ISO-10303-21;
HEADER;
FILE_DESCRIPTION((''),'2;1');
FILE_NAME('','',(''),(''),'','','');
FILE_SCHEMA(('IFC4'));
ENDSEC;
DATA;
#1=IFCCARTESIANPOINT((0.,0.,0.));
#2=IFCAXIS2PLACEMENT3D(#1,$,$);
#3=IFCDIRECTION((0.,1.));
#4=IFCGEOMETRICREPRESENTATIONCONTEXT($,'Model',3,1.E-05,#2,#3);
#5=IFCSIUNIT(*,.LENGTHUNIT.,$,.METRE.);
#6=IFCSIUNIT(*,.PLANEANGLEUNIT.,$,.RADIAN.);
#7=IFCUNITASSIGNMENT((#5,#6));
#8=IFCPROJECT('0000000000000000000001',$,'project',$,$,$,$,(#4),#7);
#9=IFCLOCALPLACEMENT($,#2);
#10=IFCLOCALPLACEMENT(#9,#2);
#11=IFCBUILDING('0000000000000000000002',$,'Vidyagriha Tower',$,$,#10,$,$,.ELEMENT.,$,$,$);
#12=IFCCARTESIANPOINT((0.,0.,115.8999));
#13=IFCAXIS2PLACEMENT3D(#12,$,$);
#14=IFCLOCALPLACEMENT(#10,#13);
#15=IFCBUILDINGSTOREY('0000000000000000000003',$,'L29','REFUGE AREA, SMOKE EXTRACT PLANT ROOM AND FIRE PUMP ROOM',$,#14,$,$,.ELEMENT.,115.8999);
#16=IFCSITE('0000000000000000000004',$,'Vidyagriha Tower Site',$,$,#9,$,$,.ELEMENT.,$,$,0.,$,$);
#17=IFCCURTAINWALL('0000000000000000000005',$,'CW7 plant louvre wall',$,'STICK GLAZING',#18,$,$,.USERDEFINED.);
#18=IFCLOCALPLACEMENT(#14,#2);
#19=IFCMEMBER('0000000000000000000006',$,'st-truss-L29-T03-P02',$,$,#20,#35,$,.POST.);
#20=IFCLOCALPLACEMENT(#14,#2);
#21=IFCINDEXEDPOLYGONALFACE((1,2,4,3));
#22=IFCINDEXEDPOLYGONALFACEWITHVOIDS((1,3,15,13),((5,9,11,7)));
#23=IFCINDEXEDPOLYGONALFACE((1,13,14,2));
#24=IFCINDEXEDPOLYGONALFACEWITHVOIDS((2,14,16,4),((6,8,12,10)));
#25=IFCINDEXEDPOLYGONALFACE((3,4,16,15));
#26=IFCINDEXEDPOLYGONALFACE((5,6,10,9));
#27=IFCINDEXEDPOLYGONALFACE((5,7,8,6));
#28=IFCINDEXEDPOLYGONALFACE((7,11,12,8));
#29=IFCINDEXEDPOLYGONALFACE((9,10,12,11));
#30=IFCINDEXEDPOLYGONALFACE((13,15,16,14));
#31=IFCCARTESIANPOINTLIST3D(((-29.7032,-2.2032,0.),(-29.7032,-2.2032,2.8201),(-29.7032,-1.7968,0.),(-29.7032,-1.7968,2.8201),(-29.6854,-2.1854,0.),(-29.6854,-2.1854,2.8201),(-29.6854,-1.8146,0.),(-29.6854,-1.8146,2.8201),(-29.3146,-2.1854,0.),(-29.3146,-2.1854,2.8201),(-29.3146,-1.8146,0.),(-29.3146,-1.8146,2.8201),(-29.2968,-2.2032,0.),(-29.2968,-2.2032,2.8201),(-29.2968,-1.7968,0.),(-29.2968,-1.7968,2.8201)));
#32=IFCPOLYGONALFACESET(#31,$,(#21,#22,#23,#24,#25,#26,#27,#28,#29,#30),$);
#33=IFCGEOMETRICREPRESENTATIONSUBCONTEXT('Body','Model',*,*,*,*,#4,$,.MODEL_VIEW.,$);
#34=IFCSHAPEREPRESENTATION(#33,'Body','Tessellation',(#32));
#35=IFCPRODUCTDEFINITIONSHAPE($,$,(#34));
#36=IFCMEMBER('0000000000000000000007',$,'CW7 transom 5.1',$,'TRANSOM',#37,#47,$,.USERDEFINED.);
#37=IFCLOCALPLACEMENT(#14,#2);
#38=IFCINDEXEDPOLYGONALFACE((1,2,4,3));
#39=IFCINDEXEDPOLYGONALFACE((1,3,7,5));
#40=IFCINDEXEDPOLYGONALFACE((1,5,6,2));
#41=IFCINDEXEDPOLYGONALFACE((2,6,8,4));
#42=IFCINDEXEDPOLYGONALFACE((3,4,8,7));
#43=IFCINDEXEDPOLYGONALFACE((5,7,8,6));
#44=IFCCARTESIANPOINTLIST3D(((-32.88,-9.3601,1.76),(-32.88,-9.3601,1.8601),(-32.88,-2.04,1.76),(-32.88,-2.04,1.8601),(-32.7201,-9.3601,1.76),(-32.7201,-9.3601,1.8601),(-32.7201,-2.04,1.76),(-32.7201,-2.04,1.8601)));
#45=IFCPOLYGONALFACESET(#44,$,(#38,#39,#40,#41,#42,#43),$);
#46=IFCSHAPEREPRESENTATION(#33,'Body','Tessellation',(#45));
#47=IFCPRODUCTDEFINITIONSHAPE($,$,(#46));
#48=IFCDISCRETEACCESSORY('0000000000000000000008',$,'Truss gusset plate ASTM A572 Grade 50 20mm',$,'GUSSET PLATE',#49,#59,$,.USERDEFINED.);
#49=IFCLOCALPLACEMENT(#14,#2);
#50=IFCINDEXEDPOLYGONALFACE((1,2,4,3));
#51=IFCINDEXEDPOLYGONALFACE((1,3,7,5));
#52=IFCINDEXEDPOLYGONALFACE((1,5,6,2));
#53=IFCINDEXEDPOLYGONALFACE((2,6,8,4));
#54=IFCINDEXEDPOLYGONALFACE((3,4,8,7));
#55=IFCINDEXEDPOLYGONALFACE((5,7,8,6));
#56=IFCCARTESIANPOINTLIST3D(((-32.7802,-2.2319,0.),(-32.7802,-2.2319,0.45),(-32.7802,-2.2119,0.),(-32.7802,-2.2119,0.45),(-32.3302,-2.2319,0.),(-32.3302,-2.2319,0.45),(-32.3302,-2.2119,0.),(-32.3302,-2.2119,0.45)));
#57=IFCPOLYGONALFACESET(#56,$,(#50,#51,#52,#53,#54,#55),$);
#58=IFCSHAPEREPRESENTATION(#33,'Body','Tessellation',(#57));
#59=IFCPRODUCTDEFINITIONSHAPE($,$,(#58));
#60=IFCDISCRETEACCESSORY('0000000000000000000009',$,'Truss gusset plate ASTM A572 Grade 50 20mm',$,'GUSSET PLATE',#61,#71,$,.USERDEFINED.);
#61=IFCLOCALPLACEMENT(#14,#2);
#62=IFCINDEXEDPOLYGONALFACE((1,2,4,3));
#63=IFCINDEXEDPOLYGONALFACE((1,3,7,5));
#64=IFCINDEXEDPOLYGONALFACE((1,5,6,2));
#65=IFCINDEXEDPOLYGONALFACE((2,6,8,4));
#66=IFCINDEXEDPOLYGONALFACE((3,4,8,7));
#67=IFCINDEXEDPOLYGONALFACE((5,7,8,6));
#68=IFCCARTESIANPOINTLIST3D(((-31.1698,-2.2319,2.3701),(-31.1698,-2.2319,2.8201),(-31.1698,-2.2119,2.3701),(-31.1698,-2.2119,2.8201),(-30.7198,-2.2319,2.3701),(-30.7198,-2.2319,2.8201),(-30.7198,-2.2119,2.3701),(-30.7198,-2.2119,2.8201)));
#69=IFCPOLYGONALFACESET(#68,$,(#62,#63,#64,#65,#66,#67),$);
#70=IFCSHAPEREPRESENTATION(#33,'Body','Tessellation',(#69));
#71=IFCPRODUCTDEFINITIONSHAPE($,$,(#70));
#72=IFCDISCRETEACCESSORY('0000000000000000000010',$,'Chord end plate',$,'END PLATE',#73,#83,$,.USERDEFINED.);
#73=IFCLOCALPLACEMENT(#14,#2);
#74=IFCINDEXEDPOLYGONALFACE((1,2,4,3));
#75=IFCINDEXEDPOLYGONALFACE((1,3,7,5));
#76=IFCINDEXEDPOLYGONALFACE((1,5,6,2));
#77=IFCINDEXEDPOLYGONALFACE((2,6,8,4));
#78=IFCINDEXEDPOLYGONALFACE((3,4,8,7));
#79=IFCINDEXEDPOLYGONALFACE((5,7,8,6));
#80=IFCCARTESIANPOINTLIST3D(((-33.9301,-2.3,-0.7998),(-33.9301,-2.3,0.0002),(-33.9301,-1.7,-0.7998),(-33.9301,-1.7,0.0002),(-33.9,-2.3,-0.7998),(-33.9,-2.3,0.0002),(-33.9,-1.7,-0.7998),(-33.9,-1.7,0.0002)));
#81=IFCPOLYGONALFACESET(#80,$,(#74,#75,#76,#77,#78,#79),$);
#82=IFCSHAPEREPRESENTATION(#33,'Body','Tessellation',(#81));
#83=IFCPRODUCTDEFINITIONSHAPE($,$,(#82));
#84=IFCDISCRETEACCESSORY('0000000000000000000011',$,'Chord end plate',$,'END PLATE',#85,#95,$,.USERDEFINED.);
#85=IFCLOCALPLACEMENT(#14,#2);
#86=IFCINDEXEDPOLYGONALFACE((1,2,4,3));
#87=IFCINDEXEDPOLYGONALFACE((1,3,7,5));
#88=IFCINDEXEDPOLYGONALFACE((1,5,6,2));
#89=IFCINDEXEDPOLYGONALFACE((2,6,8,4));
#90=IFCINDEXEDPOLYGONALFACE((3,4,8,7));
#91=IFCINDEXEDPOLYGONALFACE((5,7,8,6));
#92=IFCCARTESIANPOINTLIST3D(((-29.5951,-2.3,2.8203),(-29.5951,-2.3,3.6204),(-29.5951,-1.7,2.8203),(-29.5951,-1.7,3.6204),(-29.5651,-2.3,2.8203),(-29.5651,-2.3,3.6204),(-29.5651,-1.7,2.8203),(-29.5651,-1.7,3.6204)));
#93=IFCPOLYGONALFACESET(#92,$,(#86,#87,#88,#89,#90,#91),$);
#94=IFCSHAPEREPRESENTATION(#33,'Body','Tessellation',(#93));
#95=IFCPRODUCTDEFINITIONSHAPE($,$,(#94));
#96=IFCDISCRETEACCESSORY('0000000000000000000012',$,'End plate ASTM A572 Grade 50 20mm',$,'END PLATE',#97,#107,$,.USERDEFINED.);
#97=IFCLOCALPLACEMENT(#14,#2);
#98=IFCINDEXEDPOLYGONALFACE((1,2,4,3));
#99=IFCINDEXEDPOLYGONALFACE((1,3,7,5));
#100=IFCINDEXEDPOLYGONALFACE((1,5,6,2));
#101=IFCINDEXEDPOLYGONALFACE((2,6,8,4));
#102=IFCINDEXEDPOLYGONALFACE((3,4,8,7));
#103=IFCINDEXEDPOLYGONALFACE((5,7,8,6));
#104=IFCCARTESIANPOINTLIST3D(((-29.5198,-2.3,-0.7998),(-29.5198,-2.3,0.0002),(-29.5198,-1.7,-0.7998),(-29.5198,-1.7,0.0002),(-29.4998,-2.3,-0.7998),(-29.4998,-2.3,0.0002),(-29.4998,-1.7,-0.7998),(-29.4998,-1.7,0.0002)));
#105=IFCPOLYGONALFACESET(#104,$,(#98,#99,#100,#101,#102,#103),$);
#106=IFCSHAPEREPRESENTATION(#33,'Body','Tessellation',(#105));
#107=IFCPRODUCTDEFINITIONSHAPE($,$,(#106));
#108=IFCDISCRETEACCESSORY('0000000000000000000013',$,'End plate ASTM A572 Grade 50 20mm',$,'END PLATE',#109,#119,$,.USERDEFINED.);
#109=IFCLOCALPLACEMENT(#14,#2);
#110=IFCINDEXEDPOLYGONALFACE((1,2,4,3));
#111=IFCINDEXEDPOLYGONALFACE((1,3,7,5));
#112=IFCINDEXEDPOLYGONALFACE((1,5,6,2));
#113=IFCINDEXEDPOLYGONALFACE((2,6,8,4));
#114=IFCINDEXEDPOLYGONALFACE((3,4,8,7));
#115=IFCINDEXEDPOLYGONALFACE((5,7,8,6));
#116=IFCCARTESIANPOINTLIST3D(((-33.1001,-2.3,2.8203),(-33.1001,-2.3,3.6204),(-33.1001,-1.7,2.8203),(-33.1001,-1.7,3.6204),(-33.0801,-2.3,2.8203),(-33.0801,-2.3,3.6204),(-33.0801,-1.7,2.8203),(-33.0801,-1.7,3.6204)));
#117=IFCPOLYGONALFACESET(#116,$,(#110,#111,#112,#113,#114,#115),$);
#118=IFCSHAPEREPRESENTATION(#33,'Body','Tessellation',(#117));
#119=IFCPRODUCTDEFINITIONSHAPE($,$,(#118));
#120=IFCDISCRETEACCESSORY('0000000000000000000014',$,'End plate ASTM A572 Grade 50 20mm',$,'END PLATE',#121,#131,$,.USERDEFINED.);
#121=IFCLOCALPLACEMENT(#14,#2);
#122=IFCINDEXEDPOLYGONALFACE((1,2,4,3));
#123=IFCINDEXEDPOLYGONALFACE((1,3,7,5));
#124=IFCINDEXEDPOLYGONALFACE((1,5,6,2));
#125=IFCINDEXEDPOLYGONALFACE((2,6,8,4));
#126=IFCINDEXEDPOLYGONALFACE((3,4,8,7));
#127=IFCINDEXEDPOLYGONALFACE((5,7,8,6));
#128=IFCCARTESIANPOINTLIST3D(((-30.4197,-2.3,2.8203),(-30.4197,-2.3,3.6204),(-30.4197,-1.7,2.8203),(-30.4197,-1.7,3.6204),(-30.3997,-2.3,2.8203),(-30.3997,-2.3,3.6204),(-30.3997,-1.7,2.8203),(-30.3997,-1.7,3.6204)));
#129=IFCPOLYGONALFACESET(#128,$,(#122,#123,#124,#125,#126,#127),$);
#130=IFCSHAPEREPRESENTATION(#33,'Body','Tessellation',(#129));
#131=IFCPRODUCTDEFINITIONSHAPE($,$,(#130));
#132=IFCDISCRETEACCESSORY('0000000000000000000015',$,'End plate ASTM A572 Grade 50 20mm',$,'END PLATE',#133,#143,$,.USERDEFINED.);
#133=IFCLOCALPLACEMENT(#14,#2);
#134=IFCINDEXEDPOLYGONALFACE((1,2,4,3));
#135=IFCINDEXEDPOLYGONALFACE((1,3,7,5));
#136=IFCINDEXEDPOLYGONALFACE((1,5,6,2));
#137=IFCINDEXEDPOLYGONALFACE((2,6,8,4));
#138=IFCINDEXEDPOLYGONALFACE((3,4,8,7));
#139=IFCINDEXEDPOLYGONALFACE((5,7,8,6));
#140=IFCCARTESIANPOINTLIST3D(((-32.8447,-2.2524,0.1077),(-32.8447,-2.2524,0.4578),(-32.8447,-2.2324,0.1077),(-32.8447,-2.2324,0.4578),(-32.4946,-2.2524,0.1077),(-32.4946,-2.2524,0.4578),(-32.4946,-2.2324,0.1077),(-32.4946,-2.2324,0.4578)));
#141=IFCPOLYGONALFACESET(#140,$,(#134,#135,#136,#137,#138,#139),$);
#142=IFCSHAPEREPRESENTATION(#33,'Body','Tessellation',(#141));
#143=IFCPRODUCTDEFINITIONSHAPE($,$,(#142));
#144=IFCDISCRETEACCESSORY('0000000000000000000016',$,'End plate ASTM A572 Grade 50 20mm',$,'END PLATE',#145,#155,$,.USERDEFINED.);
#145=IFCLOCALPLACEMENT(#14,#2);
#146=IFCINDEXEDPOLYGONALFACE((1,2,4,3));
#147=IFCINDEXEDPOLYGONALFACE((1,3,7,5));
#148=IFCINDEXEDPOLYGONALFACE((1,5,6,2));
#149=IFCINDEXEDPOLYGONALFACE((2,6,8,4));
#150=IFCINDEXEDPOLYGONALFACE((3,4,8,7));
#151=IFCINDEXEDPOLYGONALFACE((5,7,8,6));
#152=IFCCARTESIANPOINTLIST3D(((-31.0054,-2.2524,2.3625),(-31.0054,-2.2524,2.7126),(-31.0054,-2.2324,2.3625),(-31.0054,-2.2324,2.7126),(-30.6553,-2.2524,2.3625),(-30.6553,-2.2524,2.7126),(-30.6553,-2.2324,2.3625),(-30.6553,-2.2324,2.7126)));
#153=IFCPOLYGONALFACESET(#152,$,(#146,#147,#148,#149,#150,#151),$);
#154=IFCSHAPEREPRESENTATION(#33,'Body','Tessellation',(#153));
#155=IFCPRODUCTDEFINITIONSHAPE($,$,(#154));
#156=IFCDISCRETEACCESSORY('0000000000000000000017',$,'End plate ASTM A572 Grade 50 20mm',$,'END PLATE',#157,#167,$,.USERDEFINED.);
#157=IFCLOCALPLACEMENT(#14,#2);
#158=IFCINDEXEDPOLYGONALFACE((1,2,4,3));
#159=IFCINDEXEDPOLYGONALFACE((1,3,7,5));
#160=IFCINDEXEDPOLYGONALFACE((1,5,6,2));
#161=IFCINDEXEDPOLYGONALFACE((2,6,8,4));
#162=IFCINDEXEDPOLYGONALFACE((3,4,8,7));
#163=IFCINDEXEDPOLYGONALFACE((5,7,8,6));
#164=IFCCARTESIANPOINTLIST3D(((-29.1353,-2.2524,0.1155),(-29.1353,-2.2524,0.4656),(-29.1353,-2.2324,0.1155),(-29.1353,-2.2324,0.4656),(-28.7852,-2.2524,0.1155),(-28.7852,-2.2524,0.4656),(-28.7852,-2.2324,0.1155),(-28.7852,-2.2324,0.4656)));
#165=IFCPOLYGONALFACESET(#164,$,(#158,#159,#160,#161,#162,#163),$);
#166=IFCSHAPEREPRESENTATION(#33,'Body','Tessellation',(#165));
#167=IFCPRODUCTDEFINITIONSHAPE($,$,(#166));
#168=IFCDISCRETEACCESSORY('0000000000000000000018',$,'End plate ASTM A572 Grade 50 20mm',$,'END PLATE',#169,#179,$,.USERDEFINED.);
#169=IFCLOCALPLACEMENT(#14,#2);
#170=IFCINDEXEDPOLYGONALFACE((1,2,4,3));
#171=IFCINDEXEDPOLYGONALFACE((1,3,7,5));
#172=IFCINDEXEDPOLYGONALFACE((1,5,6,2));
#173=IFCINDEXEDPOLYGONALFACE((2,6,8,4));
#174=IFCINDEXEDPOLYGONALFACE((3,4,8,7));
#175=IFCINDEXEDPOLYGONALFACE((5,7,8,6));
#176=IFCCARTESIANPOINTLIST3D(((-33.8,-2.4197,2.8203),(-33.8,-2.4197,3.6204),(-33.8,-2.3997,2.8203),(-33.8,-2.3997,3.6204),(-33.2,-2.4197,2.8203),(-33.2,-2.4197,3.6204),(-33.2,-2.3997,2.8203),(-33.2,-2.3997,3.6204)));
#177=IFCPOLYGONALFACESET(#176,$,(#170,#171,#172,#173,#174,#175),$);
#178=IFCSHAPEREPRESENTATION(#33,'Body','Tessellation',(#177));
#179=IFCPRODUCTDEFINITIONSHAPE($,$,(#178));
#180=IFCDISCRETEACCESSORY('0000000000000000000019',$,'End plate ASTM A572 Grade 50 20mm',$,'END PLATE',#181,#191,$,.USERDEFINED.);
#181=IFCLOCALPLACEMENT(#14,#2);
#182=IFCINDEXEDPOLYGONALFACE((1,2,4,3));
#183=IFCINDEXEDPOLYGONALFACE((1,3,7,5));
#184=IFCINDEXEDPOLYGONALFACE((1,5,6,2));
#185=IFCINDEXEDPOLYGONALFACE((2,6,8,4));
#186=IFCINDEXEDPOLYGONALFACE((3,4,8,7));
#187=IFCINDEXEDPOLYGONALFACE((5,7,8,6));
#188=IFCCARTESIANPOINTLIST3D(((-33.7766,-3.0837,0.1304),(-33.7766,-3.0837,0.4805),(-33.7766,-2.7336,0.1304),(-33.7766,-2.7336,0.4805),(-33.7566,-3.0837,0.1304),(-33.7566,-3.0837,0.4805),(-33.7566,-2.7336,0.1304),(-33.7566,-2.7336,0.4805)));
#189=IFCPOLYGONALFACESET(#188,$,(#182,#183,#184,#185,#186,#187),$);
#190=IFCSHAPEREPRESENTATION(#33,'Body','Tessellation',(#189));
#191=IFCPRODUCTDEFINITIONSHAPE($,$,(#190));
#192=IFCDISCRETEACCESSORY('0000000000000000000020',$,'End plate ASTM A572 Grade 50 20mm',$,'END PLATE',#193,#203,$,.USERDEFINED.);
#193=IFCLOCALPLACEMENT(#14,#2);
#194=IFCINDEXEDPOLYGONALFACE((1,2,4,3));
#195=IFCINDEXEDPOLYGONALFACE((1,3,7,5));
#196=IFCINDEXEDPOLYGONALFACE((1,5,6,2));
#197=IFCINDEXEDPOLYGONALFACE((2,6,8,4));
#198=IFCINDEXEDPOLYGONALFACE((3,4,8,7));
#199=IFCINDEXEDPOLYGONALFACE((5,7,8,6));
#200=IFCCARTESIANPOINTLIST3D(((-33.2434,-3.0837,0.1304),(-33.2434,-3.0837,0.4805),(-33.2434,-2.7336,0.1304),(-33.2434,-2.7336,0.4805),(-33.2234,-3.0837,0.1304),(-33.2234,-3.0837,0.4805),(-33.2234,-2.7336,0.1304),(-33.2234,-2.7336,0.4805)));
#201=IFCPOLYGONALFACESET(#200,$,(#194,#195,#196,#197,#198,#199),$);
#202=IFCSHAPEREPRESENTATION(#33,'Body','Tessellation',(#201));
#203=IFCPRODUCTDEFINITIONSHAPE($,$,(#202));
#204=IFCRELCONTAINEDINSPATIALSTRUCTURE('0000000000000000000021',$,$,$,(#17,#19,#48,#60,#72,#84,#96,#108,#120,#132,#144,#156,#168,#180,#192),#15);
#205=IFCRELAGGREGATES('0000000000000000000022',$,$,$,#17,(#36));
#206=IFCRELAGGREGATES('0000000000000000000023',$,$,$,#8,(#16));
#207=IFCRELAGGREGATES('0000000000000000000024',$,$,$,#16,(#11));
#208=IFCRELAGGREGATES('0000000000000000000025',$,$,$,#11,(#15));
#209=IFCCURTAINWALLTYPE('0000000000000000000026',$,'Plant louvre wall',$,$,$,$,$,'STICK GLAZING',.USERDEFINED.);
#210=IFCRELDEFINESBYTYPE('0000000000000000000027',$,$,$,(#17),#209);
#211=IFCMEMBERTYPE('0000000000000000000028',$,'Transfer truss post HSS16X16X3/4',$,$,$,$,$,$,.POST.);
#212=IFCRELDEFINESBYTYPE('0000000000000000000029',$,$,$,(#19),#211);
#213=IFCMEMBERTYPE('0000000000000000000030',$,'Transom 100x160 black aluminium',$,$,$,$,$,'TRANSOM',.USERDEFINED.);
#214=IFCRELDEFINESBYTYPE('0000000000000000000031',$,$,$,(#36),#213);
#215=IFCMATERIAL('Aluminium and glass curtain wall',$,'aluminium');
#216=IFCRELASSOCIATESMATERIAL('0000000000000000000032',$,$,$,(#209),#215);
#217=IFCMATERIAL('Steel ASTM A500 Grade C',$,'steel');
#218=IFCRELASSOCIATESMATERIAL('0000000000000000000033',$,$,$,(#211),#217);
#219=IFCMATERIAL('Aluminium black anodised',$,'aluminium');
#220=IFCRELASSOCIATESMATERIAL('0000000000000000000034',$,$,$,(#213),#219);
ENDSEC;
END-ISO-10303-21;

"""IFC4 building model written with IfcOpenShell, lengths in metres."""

from ifc_helpers import new_model, si_unit, direction, frame, origin, origin_2d, place, context, subcontext, project, spatial, rectangle, hollow_rectangle, extrude, material, material_profile, profile_set, type_object, element, aggregate, save


model = new_model("IFC4")

# Units and contexts
model_context = context("Model", 3, precision=1e-05, world=origin(), true_north=direction((0.0, 1.0)))
body_context = subcontext(model_context, "Body", "Model", "MODEL_VIEW")
ifc_project = project(units=[si_unit("LENGTHUNIT", "METRE"), si_unit("PLANEANGLEUNIT", "RADIAN")], contexts=[model_context])

# Site, building, storey
site_placement = place(None, origin())
site = spatial("IfcSite", under=ifc_project, at=site_placement, Name="Vidyagriha Tower Site", CompositionType="ELEMENT", RefElevation=0.0)
building_placement = place(site_placement, origin())
building = spatial("IfcBuilding", under=site, at=building_placement, Name="Vidyagriha Tower", CompositionType="ELEMENT")
storey_placement = place(building_placement, frame((0.0, 0.0, 115.8999)))
storey = spatial("IfcBuildingStorey", under=building, at=storey_placement, Name="L29", Description="REFUGE AREA, SMOKE EXTRACT PLANT ROOM AND FIRE PUMP ROOM", CompositionType="ELEMENT", Elevation=115.8999)

# Curtain wall
ifc_material_1 = material(Name="Aluminium and glass curtain wall", Category="aluminium")
curtain_wall_type = type_object("IfcCurtainWallType", Name="Plant louvre wall", ElementType="STICK GLAZING", PredefinedType="USERDEFINED", material=ifc_material_1)
curtain_wall_placement = place(storey_placement, origin())
curtain_wall = element("IfcCurtainWall", 1, at=curtain_wall_placement, inside=storey, type_object=curtain_wall_type, Name="CW7 plant louvre wall", ObjectType="STICK GLAZING", PredefinedType="USERDEFINED")

# Member
ifc_material_2 = material(Name="Steel ASTM A500 Grade C", Category="steel")
ifc_material_profile_1 = material_profile(ifc_material_2, hollow_rectangle(XDim=0.4065, YDim=0.4065, WallThickness=0.0178, at=origin_2d()), Name="HSS16X16X3/4")
ifc_profile_set_1 = profile_set([ifc_material_profile_1], Name="Steel ASTM A500 Grade C")
member_type_1 = type_object("IfcMemberType", Name="Transfer truss post HSS16X16X3/4", PredefinedType="POST", material=ifc_profile_set_1)
member_1_placement = place(storey_placement, frame((-29.5, -2.0, 0.0)))
element("IfcMember", 2, at=member_1_placement, inside=storey, type_object=member_type_1, Name="st-truss-L29-T03-P02", PredefinedType="POST", context=body_context, shape_type="SweptSolid", body=[
    extrude(hollow_rectangle(XDim=0.4065, YDim=0.4065, WallThickness=0.0178, at=origin_2d()), origin(), (0.0, 0.0, 1.0), 2.8201),
])

# Member
ifc_material_3 = material(Name="Aluminium black anodised", Category="aluminium")
ifc_material_profile_2 = material_profile(ifc_material_3, rectangle(XDim=0.1599, YDim=0.1001, at=origin_2d()), Name="Transom 100x160 black aluminium")
ifc_profile_set_2 = profile_set([ifc_material_profile_2], Name="Aluminium black anodised")
member_type_2 = type_object("IfcMemberType", Name="Transom 100x160 black aluminium", ElementType="TRANSOM", PredefinedType="USERDEFINED", material=ifc_profile_set_2)
member_2_placement = place(storey_placement, frame((-32.8, -2.04, 1.8101), z_axis=(0.0, -1.0, 0.0), x_axis=(1.0, 0.0, 0.0)))
member_2 = element("IfcMember", 3, at=member_2_placement, type_object=member_type_2, Name="CW7 transom 5.1", ObjectType="TRANSOM", PredefinedType="USERDEFINED", context=body_context, shape_type="SweptSolid", body=[
    extrude(rectangle(XDim=0.1599, YDim=0.1001, at=origin_2d()), origin(), (0.0, 0.0, 1.0), 7.3201),
])
aggregate(curtain_wall, [member_2])

# Discrete accessories
for number, where, name in (
    (4, (-32.5552, -2.2219, 0.0), "Truss gusset plate ASTM A572 Grade 50 20mm"),
    (5, (-30.9448, -2.2219, 2.3701), "Truss gusset plate ASTM A572 Grade 50 20mm"),
):
    element("IfcDiscreteAccessory", number, at=place(storey_placement, frame(where)), inside=storey, Name=name, ObjectType="GUSSET PLATE", PredefinedType="USERDEFINED", context=body_context, shape_type="SweptSolid", body=[
        extrude(rectangle(XDim=0.45, YDim=0.02, at=origin_2d()), origin(), (0.0, 0.0, 1.0), 0.45),
    ])
for number, where, z_axis, x_axis, name in (
    (6, (-33.915, -2.0, -0.7998), (0.0, 0.0, 1.0), (-1.0, 0.0, 0.0), "Chord end plate"),
    (7, (-29.5801, -2.0, 2.8203), (0.0, 0.0, 1.0), (-1.0, 0.0, 0.0), "Chord end plate"),
):
    element("IfcDiscreteAccessory", number, at=place(storey_placement, frame(where, z_axis=z_axis, x_axis=x_axis)), inside=storey, Name=name, ObjectType="END PLATE", PredefinedType="USERDEFINED", context=body_context, shape_type="SweptSolid", body=[
        extrude(rectangle(XDim=0.03, YDim=0.6001, at=origin_2d()), origin(), (0.0, 0.0, 1.0), 0.8),
    ])
discrete_accessory_1_placement = place(storey_placement, frame((-29.5098, -2.0, -0.7998)))
element("IfcDiscreteAccessory", 8, at=discrete_accessory_1_placement, inside=storey, Name="End plate ASTM A572 Grade 50 20mm", ObjectType="END PLATE", PredefinedType="USERDEFINED", context=body_context, shape_type="SweptSolid", body=[
    extrude(rectangle(XDim=0.02, YDim=0.6001, at=origin_2d()), origin(), (0.0, 0.0, 1.0), 0.8),
])
discrete_accessory_2_placement = place(storey_placement, frame((-33.0901, -2.0, 2.8203), z_axis=(0.0, 0.0, 1.0), x_axis=(-1.0, 0.0, 0.0)))
element("IfcDiscreteAccessory", 9, at=discrete_accessory_2_placement, inside=storey, Name="End plate ASTM A572 Grade 50 20mm", ObjectType="END PLATE", PredefinedType="USERDEFINED", context=body_context, shape_type="SweptSolid", body=[
    extrude(rectangle(XDim=0.02, YDim=0.6001, at=origin_2d()), origin(), (0.0, 0.0, 1.0), 0.8),
])
discrete_accessory_3_placement = place(storey_placement, frame((-30.4097, -2.0, 2.8203)))
element("IfcDiscreteAccessory", 10, at=discrete_accessory_3_placement, inside=storey, Name="End plate ASTM A572 Grade 50 20mm", ObjectType="END PLATE", PredefinedType="USERDEFINED", context=body_context, shape_type="SweptSolid", body=[
    extrude(rectangle(XDim=0.02, YDim=0.6001, at=origin_2d()), origin(), (0.0, 0.0, 1.0), 0.8),
])
discrete_accessory_4_placement = place(storey_placement, frame((-32.6697, -2.2424, 0.1077), z_axis=(0.0, 0.0, 1.0), x_axis=(-1.0, 0.0, 0.0)))
element("IfcDiscreteAccessory", 11, at=discrete_accessory_4_placement, inside=storey, Name="End plate ASTM A572 Grade 50 20mm", ObjectType="END PLATE", PredefinedType="USERDEFINED", context=body_context, shape_type="SweptSolid", body=[
    extrude(rectangle(XDim=0.3501, YDim=0.02, at=origin_2d()), origin(), (0.0, 0.0, 1.0), 0.3501),
])
discrete_accessory_5_placement = place(storey_placement, frame((-30.8303, -2.2424, 2.3625)))
element("IfcDiscreteAccessory", 12, at=discrete_accessory_5_placement, inside=storey, Name="End plate ASTM A572 Grade 50 20mm", ObjectType="END PLATE", PredefinedType="USERDEFINED", context=body_context, shape_type="SweptSolid", body=[
    extrude(rectangle(XDim=0.3501, YDim=0.02, at=origin_2d()), origin(), (0.0, 0.0, 1.0), 0.3501),
])
discrete_accessory_6_placement = place(storey_placement, frame((-28.9602, -2.2424, 0.1155), z_axis=(0.0, 0.0, 1.0), x_axis=(-1.0, 0.0, 0.0)))
element("IfcDiscreteAccessory", 13, at=discrete_accessory_6_placement, inside=storey, Name="End plate ASTM A572 Grade 50 20mm", ObjectType="END PLATE", PredefinedType="USERDEFINED", context=body_context, shape_type="SweptSolid", body=[
    extrude(rectangle(XDim=0.3501, YDim=0.02, at=origin_2d()), origin(), (0.0, 0.0, 1.0), 0.3501),
])
discrete_accessory_7_placement = place(storey_placement, frame((-33.5, -2.4097, 2.8203), z_axis=(0.0, 0.0, 1.0), x_axis=(0.0, 1.0, 0.0)))
element("IfcDiscreteAccessory", 14, at=discrete_accessory_7_placement, inside=storey, Name="End plate ASTM A572 Grade 50 20mm", ObjectType="END PLATE", PredefinedType="USERDEFINED", context=body_context, shape_type="SweptSolid", body=[
    extrude(rectangle(XDim=0.02, YDim=0.6001, at=origin_2d()), origin(), (0.0, 0.0, 1.0), 0.8),
])
for number, where, z_axis, x_axis, name in (
    (15, (-33.7666, -2.9087, 0.1304), (0.0, 0.0, 1.0), (0.0, 1.0, 0.0), "End plate ASTM A572 Grade 50 20mm"),
    (16, (-33.2334, -2.9087, 0.1304), (0.0, 0.0, 1.0), (0.0, 1.0, 0.0), "End plate ASTM A572 Grade 50 20mm"),
):
    element("IfcDiscreteAccessory", number, at=place(storey_placement, frame(where, z_axis=z_axis, x_axis=x_axis)), inside=storey, Name=name, ObjectType="END PLATE", PredefinedType="USERDEFINED", context=body_context, shape_type="SweptSolid", body=[
        extrude(rectangle(XDim=0.3501, YDim=0.02, at=origin_2d()), origin(), (0.0, 0.0, 1.0), 0.3501),
    ])

save(model, "model.ifc")
